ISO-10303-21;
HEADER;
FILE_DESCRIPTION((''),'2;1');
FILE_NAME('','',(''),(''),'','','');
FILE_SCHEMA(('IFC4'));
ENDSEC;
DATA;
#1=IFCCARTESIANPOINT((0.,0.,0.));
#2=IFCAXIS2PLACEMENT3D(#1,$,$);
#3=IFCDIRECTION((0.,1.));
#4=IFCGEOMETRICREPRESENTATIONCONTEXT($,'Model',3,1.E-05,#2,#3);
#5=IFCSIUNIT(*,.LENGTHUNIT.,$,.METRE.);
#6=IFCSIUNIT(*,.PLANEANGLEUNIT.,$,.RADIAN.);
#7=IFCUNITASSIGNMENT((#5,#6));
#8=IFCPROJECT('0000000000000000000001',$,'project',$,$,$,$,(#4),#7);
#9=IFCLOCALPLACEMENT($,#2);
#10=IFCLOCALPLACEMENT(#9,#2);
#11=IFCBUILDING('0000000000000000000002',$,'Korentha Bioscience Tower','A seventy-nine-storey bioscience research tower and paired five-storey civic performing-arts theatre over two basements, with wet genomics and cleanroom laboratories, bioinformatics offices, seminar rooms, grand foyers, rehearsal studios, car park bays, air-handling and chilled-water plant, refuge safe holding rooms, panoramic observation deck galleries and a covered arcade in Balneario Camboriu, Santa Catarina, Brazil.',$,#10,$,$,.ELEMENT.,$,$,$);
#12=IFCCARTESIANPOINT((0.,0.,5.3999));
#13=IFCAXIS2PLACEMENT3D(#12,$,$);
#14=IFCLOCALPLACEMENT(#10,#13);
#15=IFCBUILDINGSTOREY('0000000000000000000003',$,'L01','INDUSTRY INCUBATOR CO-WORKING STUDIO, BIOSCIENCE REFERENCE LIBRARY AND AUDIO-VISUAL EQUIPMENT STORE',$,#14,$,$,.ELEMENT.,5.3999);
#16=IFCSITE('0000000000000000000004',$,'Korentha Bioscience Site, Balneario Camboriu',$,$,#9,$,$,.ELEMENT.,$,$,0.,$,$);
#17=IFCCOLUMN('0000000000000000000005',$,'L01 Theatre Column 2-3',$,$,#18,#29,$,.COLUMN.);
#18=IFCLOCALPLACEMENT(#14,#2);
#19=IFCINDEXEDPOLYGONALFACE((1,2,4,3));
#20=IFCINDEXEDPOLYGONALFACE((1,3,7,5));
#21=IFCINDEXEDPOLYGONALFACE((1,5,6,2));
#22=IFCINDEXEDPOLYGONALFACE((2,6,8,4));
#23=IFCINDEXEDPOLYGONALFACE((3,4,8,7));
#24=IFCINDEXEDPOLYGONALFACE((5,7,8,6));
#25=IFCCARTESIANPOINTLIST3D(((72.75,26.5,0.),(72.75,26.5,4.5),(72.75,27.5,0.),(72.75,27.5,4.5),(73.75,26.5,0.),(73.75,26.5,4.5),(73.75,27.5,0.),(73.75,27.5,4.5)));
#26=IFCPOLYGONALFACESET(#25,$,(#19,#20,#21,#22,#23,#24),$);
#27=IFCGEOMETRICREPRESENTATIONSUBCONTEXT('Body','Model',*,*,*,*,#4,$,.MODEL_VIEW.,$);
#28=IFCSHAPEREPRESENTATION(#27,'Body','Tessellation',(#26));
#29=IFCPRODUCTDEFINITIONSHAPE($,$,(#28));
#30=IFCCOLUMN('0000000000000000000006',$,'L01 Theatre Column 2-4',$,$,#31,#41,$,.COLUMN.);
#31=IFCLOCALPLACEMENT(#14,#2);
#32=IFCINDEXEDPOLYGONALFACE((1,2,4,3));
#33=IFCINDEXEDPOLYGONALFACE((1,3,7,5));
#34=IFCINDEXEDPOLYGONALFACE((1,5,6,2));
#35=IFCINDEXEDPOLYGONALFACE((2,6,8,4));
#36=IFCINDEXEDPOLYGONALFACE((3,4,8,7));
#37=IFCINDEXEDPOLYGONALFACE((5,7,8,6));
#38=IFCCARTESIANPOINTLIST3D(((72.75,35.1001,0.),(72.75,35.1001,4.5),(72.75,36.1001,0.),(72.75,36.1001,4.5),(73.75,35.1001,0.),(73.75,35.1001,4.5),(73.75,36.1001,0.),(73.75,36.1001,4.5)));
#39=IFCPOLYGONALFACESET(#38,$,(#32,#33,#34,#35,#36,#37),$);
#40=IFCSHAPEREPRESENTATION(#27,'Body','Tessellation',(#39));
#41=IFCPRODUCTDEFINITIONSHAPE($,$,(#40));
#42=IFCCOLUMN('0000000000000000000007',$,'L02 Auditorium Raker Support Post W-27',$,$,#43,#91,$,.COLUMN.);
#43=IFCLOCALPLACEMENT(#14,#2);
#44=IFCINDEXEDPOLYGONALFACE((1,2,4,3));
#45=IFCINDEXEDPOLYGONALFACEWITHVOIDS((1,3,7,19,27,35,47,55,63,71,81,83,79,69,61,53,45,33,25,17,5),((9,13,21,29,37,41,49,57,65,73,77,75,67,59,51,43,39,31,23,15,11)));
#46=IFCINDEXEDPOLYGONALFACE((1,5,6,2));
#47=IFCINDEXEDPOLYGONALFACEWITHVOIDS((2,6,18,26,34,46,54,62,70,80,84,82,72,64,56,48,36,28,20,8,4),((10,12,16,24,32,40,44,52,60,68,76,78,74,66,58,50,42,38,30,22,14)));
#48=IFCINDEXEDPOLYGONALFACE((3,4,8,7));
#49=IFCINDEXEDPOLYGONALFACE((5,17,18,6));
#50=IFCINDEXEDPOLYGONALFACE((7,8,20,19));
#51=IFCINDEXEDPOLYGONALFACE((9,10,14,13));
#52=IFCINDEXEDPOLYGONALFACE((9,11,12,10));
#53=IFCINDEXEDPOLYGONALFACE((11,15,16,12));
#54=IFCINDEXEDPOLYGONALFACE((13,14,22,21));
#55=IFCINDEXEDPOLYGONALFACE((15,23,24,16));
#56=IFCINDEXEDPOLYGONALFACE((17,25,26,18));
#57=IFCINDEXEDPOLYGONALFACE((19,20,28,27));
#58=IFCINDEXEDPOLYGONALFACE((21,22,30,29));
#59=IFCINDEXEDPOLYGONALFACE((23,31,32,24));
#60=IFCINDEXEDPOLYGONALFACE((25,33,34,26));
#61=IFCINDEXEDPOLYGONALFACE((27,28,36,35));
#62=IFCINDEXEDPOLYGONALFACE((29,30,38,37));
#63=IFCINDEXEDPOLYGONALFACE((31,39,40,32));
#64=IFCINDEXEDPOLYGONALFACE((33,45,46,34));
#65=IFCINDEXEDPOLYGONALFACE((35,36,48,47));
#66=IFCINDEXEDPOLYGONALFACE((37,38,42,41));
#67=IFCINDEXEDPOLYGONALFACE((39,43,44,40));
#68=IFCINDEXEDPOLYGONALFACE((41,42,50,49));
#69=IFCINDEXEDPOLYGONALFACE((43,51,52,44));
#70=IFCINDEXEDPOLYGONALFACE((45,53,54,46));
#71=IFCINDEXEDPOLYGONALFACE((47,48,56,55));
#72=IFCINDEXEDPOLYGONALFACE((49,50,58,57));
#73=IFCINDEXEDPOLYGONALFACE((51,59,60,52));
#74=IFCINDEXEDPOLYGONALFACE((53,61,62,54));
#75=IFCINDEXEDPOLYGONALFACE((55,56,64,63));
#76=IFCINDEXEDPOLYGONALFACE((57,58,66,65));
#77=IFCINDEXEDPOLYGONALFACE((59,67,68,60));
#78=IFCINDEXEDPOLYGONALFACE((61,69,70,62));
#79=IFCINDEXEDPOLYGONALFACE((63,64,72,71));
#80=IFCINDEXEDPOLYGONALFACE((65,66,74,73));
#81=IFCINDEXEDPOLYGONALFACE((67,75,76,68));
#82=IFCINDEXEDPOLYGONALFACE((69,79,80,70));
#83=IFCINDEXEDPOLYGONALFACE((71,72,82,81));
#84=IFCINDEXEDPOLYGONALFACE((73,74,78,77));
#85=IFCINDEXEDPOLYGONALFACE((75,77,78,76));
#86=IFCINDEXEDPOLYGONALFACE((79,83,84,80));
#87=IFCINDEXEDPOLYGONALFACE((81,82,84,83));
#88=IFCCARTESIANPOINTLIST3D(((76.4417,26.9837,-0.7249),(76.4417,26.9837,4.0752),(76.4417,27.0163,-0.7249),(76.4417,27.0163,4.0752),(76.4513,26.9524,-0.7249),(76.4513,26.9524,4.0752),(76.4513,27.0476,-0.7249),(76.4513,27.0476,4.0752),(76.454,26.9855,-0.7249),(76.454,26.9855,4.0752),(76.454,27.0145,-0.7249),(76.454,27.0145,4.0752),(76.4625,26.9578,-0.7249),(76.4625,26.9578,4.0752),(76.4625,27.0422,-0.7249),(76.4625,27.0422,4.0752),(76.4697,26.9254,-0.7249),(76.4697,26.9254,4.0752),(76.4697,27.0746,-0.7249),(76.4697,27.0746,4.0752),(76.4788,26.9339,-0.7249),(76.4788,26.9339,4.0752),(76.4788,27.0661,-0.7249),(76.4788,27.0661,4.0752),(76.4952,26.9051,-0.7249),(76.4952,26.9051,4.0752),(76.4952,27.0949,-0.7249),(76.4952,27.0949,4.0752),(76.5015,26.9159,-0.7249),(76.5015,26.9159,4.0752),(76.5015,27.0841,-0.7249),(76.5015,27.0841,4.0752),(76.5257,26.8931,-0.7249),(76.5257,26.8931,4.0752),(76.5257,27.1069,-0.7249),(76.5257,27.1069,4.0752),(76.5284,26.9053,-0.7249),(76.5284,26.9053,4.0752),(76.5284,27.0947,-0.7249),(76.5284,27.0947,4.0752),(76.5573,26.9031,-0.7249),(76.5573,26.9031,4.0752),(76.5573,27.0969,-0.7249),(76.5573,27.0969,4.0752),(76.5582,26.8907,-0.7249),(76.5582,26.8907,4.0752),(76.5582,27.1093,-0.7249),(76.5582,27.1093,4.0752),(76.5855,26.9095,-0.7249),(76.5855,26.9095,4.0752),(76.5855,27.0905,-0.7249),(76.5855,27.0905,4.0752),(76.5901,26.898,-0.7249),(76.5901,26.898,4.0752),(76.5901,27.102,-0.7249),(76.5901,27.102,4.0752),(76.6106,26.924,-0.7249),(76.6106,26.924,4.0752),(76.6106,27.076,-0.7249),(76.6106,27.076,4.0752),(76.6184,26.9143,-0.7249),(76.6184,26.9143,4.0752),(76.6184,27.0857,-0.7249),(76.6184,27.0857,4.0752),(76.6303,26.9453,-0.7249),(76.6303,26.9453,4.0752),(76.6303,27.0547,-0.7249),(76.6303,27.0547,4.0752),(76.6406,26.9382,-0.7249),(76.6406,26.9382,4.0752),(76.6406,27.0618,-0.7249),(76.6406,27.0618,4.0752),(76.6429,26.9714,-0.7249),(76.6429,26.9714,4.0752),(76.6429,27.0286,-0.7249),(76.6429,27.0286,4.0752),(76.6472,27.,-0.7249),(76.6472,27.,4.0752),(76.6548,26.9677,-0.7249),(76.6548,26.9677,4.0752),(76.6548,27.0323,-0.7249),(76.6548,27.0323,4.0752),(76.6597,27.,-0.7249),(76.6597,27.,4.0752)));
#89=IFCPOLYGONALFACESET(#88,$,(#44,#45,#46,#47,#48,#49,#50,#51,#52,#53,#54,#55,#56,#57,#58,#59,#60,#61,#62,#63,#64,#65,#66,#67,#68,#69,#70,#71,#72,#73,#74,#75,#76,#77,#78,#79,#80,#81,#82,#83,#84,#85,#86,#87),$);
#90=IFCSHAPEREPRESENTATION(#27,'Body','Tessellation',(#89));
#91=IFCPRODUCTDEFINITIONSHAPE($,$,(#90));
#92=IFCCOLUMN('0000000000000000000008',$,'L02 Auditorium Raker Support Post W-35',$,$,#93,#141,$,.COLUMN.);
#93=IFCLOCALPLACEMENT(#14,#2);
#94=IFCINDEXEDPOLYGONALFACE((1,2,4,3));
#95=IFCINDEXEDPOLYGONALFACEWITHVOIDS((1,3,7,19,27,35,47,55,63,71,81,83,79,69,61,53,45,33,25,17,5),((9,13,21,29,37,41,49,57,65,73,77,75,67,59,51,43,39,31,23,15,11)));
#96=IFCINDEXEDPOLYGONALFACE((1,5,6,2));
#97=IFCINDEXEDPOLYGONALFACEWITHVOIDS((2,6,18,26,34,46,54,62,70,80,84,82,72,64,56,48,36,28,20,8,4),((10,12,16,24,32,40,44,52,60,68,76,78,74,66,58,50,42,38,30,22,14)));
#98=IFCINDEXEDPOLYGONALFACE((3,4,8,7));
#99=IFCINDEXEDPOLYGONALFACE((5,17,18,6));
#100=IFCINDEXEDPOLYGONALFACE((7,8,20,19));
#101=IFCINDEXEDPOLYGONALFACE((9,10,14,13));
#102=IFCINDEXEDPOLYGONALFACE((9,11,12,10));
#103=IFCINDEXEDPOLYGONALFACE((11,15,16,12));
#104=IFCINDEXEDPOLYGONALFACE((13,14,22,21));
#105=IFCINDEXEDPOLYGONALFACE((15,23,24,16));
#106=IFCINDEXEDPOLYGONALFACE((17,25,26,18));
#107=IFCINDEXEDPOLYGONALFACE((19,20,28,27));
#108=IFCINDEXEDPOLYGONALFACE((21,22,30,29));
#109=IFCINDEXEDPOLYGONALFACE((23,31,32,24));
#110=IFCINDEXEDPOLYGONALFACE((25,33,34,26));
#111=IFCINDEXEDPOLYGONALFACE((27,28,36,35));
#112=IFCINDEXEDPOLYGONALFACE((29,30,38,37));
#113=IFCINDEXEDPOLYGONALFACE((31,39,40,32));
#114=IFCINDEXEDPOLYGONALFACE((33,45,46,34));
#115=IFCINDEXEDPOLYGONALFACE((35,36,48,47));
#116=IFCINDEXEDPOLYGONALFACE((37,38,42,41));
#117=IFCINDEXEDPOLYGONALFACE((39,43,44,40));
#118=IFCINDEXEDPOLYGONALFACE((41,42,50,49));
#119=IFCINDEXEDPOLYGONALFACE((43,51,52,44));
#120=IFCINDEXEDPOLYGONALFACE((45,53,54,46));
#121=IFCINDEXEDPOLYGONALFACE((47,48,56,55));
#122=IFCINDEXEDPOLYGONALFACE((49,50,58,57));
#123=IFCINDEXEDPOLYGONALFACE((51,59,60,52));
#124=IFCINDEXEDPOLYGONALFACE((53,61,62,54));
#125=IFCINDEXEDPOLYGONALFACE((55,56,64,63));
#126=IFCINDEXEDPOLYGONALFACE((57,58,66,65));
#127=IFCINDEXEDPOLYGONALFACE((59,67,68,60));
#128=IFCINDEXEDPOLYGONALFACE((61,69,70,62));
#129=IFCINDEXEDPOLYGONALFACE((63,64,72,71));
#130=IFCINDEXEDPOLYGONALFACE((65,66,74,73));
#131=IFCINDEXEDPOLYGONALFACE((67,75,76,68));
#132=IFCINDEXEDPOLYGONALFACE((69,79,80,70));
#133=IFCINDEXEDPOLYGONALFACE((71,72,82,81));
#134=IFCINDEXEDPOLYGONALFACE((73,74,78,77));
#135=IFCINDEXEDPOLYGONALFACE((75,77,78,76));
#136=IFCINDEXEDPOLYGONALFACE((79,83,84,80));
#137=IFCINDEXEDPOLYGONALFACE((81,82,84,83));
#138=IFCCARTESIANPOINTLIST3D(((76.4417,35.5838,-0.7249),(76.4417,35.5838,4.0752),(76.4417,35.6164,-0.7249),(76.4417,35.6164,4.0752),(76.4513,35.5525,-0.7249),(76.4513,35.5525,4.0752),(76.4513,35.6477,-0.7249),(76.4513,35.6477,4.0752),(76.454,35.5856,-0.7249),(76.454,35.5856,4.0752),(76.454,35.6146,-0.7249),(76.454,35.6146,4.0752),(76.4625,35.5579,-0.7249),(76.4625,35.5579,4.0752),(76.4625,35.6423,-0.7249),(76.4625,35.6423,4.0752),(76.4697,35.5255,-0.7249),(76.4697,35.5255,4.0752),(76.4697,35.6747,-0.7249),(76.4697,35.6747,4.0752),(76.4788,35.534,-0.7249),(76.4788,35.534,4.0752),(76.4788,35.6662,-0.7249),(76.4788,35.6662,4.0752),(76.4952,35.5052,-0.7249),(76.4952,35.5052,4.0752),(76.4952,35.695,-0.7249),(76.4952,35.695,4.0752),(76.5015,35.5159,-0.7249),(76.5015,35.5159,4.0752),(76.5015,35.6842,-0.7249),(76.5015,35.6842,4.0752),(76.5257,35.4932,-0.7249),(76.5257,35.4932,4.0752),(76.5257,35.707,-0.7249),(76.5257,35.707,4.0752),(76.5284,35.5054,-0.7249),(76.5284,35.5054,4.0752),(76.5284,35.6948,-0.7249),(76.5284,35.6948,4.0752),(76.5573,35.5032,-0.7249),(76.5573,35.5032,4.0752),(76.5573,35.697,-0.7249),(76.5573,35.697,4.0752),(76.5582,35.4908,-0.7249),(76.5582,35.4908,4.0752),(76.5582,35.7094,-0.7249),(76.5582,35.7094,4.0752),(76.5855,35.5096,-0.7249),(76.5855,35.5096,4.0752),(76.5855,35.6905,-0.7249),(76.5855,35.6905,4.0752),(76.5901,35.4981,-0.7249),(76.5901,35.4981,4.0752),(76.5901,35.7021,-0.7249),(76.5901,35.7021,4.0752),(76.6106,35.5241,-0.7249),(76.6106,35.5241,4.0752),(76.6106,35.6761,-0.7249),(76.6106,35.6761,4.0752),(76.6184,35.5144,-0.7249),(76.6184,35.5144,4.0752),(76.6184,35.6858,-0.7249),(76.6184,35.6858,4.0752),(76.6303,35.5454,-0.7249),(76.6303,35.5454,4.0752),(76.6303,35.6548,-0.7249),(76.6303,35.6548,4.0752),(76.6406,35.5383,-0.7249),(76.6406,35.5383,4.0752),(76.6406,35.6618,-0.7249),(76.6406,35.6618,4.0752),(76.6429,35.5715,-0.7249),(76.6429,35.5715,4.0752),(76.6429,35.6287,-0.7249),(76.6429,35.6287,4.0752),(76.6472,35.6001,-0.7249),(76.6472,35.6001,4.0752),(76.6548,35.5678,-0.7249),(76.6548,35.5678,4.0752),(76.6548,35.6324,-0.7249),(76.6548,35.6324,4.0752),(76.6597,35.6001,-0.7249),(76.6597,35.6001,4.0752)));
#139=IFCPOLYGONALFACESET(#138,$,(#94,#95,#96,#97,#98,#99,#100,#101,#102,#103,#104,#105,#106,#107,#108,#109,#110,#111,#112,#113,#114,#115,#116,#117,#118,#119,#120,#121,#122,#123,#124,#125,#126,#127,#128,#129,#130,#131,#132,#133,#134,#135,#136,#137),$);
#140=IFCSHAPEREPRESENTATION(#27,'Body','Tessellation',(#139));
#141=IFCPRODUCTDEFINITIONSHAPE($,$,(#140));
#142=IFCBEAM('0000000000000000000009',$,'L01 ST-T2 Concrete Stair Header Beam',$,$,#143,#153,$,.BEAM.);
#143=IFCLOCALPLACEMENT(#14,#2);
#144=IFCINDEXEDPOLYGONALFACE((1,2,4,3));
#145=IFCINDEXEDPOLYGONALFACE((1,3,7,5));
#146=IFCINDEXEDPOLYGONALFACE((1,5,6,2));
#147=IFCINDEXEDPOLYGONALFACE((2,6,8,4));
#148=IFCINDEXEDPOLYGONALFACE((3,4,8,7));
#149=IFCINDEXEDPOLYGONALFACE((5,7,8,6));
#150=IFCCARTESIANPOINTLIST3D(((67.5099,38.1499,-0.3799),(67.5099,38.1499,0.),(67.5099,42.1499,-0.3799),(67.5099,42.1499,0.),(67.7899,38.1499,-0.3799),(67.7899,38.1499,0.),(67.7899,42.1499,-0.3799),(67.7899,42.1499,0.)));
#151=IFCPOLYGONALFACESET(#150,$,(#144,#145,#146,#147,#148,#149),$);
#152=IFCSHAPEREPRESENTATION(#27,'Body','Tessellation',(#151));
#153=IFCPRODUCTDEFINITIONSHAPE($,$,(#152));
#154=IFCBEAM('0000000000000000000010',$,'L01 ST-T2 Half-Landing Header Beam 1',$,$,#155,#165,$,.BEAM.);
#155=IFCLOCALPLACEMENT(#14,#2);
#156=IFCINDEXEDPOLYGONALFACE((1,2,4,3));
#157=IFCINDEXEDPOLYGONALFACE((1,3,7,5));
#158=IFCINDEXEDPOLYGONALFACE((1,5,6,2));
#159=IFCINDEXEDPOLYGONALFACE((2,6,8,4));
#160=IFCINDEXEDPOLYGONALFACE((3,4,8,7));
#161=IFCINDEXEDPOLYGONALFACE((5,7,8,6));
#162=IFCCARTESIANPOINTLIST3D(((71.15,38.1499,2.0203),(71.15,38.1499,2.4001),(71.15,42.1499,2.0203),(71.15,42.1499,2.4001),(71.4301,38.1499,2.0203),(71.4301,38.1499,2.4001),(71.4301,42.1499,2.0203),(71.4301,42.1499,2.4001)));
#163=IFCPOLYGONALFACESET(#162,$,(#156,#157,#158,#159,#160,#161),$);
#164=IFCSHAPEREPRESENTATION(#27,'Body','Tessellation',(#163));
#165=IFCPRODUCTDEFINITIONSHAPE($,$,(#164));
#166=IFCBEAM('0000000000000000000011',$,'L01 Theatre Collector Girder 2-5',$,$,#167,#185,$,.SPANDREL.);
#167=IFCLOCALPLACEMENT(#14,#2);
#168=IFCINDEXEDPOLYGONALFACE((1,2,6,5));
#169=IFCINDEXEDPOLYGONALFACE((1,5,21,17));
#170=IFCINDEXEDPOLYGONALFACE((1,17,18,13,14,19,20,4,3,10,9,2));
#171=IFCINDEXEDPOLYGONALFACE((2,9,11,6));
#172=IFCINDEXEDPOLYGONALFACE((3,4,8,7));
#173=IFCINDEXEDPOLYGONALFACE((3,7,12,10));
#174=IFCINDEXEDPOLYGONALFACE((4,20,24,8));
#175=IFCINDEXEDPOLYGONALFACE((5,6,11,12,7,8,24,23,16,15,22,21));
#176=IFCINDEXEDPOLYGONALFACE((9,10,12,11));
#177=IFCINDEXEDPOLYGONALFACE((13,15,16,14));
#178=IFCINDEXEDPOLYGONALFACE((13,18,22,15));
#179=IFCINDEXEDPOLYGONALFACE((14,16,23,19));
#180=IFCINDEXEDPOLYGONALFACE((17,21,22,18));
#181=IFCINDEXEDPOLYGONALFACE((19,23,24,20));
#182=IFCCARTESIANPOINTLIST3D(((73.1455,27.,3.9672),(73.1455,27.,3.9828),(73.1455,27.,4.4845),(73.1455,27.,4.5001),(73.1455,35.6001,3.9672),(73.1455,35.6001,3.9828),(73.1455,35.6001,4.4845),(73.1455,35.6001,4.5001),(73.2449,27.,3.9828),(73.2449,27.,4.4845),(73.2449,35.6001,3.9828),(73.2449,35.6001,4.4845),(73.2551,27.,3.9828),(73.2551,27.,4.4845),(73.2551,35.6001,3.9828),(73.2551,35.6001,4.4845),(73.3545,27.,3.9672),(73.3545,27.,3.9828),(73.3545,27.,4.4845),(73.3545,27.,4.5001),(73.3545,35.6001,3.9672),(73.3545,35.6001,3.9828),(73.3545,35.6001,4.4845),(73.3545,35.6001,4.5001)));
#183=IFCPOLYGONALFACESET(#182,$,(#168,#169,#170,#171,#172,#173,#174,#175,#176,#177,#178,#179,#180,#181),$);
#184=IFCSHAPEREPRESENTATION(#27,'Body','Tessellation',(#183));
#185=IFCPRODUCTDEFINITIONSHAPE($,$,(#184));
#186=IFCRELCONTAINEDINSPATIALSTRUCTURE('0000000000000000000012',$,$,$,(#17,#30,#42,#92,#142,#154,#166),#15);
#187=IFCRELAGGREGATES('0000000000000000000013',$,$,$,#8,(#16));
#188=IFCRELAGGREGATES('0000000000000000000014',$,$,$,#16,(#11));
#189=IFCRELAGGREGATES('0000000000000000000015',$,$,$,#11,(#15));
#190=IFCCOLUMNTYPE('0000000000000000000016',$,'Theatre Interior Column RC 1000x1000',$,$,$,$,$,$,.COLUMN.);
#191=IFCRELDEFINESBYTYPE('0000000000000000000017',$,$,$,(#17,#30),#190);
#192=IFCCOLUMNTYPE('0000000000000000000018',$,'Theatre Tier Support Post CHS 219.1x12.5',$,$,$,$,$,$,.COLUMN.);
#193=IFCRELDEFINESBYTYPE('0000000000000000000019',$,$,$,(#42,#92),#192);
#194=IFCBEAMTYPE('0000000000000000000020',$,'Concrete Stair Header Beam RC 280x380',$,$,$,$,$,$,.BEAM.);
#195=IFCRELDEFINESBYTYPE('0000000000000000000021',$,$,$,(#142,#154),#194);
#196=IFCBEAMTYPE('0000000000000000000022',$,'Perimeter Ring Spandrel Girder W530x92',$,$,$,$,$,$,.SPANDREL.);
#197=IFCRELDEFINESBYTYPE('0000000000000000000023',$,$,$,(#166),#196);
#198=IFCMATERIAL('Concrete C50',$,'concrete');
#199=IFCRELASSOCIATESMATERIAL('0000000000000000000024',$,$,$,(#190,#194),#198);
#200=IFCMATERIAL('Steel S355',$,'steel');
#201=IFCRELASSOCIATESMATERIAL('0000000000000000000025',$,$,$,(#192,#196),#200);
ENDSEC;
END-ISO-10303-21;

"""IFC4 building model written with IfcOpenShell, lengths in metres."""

from ifc_helpers import new_model, si_unit, direction, frame, origin, origin_2d, place, context, subcontext, project, spatial, rectangle, hollow_circle, i_section, extrude, material, material_profile, profile_set, type_object, element, save


model = new_model("IFC4")

# Units and contexts
model_context = context("Model", 3, precision=1e-05, world=origin(), true_north=direction((0.0, 1.0)))
body_context = subcontext(model_context, "Body", "Model", "MODEL_VIEW")
ifc_project = project(units=[si_unit("LENGTHUNIT", "METRE"), si_unit("PLANEANGLEUNIT", "RADIAN")], contexts=[model_context])

# Site, building, storey
site_placement = place(None, origin())
site = spatial("IfcSite", under=ifc_project, at=site_placement, Name="Korentha Bioscience Site, Balneario Camboriu", CompositionType="ELEMENT", RefElevation=0.0)
building_placement = place(site_placement, origin())
building = spatial("IfcBuilding", under=site, at=building_placement, Name="Korentha Bioscience Tower", Description="A seventy-nine-storey bioscience research tower and paired five-storey civic performing-arts theatre over two basements, with wet genomics and cleanroom laboratories, bioinformatics offices, seminar rooms, grand foyers, rehearsal studios, car park bays, air-handling and chilled-water plant, refuge safe holding rooms, panoramic observation deck galleries and a covered arcade in Balneario Camboriu, Santa Catarina, Brazil.", CompositionType="ELEMENT")
storey_placement = place(building_placement, frame((0.0, 0.0, 5.3999)))
storey = spatial("IfcBuildingStorey", under=building, at=storey_placement, Name="L01", Description="INDUSTRY INCUBATOR CO-WORKING STUDIO, BIOSCIENCE REFERENCE LIBRARY AND AUDIO-VISUAL EQUIPMENT STORE", CompositionType="ELEMENT", Elevation=5.3999)

# Columns
ifc_material_1 = material(Name="Concrete C50", Category="concrete")
ifc_material_profile_1 = material_profile(ifc_material_1, rectangle(XDim=1.0, YDim=1.0, at=origin_2d()), Name="Concrete C50")
ifc_profile_set_1 = profile_set([ifc_material_profile_1], Name="Concrete C50 (TC-I01)")
column_type_1 = type_object("IfcColumnType", Name="Theatre Interior Column RC 1000x1000", PredefinedType="COLUMN", material=ifc_profile_set_1)
for number, where, z_axis, x_axis, name in (
    (1, (73.25, 27.0, 0.0), (0.0, 0.0, 1.0), (1.0, 0.0, 0.0), "L01 Theatre Column 2-3"),
    (2, (73.25, 35.6001, 0.0), (0.0, 0.0, 1.0), (1.0, 0.0, 0.0), "L01 Theatre Column 2-4"),
):
    element("IfcColumn", number, at=place(storey_placement, frame(where, z_axis=z_axis, x_axis=x_axis)), inside=storey, type_object=column_type_1, Name=name, PredefinedType="COLUMN", context=body_context, shape_type="SweptSolid", body=[
        extrude(rectangle(XDim=1.0, YDim=1.0, at=origin_2d()), origin(), (0.0, 0.0, 1.0), 4.5),
    ])
ifc_material_2 = material(Name="Steel S355", Category="steel")
ifc_material_profile_2 = material_profile(ifc_material_2, hollow_circle(Radius=0.1096, WallThickness=0.0125, at=origin_2d()), Name="Steel S355")
ifc_profile_set_2 = profile_set([ifc_material_profile_2], Name="Steel S355 (TC-P219)")
column_type_2 = type_object("IfcColumnType", Name="Theatre Tier Support Post CHS 219.1x12.5", PredefinedType="COLUMN", material=ifc_profile_set_2)
for number, where, z_axis, x_axis, name in (
    (3, (76.55, 27.0, -0.7249), (0.0, 0.0, 1.0), (1.0, 0.0, 0.0), "L02 Auditorium Raker Support Post W-27"),
    (4, (76.55, 35.6001, -0.7249), (0.0, 0.0, 1.0), (1.0, 0.0, 0.0), "L02 Auditorium Raker Support Post W-35"),
):
    element("IfcColumn", number, at=place(storey_placement, frame(where, z_axis=z_axis, x_axis=x_axis)), inside=storey, type_object=column_type_2, Name=name, PredefinedType="COLUMN", context=body_context, shape_type="SweptSolid", body=[
        extrude(hollow_circle(Radius=0.1096, WallThickness=0.0125, at=origin_2d()), origin(), (0.0, 0.0, 1.0), 4.8),
    ])

# Beams
ifc_material_profile_3 = material_profile(ifc_material_1, rectangle(XDim=0.28, YDim=0.3799, at=origin_2d()), Name="Concrete C50")
ifc_profile_set_3 = profile_set([ifc_material_profile_3], Name="Concrete C50 (ST-HB380)")
beam_type_1 = type_object("IfcBeamType", Name="Concrete Stair Header Beam RC 280x380", PredefinedType="BEAM", material=ifc_profile_set_3)
for number, where, z_axis, x_axis, name in (
    (5, (67.6499, 38.1499, -0.1899), (0.0, 1.0, 0.0), (-1.0, 0.0, 0.0), "L01 ST-T2 Concrete Stair Header Beam"),
    (6, (71.29, 38.1499, 2.2102), (0.0, 1.0, 0.0), (-1.0, 0.0, 0.0), "L01 ST-T2 Half-Landing Header Beam 1"),
):
    element("IfcBeam", number, at=place(storey_placement, frame(where, z_axis=z_axis, x_axis=x_axis)), inside=storey, type_object=beam_type_1, Name=name, PredefinedType="BEAM", context=body_context, shape_type="SweptSolid", body=[
        extrude(rectangle(XDim=0.28, YDim=0.3799, at=origin_2d()), origin(), (0.0, 0.0, 1.0), 4.0),
    ])
ifc_material_profile_4 = material_profile(ifc_material_2, i_section(OverallWidth=0.209, OverallDepth=0.533, WebThickness=0.0103, FlangeThickness=0.0156, at=origin_2d()), Name="Steel S355")
ifc_profile_set_4 = profile_set([ifc_material_profile_4], Name="Steel S355 (SB-530)")
beam_type_2 = type_object("IfcBeamType", Name="Perimeter Ring Spandrel Girder W530x92", PredefinedType="SPANDREL", material=ifc_profile_set_4)
beam_1_placement = place(storey_placement, frame((73.25, 27.0, 4.2336), z_axis=(0.0, 1.0, 0.0), x_axis=(-1.0, 0.0, 0.0)))
element("IfcBeam", 7, at=beam_1_placement, inside=storey, type_object=beam_type_2, Name="L01 Theatre Collector Girder 2-5", PredefinedType="SPANDREL", context=body_context, shape_type="SweptSolid", body=[
    extrude(i_section(OverallWidth=0.209, OverallDepth=0.533, WebThickness=0.0103, FlangeThickness=0.0156, at=origin_2d()), origin(), (0.0, 0.0, 1.0), 8.6001),
])

save(model, "model.ifc")
